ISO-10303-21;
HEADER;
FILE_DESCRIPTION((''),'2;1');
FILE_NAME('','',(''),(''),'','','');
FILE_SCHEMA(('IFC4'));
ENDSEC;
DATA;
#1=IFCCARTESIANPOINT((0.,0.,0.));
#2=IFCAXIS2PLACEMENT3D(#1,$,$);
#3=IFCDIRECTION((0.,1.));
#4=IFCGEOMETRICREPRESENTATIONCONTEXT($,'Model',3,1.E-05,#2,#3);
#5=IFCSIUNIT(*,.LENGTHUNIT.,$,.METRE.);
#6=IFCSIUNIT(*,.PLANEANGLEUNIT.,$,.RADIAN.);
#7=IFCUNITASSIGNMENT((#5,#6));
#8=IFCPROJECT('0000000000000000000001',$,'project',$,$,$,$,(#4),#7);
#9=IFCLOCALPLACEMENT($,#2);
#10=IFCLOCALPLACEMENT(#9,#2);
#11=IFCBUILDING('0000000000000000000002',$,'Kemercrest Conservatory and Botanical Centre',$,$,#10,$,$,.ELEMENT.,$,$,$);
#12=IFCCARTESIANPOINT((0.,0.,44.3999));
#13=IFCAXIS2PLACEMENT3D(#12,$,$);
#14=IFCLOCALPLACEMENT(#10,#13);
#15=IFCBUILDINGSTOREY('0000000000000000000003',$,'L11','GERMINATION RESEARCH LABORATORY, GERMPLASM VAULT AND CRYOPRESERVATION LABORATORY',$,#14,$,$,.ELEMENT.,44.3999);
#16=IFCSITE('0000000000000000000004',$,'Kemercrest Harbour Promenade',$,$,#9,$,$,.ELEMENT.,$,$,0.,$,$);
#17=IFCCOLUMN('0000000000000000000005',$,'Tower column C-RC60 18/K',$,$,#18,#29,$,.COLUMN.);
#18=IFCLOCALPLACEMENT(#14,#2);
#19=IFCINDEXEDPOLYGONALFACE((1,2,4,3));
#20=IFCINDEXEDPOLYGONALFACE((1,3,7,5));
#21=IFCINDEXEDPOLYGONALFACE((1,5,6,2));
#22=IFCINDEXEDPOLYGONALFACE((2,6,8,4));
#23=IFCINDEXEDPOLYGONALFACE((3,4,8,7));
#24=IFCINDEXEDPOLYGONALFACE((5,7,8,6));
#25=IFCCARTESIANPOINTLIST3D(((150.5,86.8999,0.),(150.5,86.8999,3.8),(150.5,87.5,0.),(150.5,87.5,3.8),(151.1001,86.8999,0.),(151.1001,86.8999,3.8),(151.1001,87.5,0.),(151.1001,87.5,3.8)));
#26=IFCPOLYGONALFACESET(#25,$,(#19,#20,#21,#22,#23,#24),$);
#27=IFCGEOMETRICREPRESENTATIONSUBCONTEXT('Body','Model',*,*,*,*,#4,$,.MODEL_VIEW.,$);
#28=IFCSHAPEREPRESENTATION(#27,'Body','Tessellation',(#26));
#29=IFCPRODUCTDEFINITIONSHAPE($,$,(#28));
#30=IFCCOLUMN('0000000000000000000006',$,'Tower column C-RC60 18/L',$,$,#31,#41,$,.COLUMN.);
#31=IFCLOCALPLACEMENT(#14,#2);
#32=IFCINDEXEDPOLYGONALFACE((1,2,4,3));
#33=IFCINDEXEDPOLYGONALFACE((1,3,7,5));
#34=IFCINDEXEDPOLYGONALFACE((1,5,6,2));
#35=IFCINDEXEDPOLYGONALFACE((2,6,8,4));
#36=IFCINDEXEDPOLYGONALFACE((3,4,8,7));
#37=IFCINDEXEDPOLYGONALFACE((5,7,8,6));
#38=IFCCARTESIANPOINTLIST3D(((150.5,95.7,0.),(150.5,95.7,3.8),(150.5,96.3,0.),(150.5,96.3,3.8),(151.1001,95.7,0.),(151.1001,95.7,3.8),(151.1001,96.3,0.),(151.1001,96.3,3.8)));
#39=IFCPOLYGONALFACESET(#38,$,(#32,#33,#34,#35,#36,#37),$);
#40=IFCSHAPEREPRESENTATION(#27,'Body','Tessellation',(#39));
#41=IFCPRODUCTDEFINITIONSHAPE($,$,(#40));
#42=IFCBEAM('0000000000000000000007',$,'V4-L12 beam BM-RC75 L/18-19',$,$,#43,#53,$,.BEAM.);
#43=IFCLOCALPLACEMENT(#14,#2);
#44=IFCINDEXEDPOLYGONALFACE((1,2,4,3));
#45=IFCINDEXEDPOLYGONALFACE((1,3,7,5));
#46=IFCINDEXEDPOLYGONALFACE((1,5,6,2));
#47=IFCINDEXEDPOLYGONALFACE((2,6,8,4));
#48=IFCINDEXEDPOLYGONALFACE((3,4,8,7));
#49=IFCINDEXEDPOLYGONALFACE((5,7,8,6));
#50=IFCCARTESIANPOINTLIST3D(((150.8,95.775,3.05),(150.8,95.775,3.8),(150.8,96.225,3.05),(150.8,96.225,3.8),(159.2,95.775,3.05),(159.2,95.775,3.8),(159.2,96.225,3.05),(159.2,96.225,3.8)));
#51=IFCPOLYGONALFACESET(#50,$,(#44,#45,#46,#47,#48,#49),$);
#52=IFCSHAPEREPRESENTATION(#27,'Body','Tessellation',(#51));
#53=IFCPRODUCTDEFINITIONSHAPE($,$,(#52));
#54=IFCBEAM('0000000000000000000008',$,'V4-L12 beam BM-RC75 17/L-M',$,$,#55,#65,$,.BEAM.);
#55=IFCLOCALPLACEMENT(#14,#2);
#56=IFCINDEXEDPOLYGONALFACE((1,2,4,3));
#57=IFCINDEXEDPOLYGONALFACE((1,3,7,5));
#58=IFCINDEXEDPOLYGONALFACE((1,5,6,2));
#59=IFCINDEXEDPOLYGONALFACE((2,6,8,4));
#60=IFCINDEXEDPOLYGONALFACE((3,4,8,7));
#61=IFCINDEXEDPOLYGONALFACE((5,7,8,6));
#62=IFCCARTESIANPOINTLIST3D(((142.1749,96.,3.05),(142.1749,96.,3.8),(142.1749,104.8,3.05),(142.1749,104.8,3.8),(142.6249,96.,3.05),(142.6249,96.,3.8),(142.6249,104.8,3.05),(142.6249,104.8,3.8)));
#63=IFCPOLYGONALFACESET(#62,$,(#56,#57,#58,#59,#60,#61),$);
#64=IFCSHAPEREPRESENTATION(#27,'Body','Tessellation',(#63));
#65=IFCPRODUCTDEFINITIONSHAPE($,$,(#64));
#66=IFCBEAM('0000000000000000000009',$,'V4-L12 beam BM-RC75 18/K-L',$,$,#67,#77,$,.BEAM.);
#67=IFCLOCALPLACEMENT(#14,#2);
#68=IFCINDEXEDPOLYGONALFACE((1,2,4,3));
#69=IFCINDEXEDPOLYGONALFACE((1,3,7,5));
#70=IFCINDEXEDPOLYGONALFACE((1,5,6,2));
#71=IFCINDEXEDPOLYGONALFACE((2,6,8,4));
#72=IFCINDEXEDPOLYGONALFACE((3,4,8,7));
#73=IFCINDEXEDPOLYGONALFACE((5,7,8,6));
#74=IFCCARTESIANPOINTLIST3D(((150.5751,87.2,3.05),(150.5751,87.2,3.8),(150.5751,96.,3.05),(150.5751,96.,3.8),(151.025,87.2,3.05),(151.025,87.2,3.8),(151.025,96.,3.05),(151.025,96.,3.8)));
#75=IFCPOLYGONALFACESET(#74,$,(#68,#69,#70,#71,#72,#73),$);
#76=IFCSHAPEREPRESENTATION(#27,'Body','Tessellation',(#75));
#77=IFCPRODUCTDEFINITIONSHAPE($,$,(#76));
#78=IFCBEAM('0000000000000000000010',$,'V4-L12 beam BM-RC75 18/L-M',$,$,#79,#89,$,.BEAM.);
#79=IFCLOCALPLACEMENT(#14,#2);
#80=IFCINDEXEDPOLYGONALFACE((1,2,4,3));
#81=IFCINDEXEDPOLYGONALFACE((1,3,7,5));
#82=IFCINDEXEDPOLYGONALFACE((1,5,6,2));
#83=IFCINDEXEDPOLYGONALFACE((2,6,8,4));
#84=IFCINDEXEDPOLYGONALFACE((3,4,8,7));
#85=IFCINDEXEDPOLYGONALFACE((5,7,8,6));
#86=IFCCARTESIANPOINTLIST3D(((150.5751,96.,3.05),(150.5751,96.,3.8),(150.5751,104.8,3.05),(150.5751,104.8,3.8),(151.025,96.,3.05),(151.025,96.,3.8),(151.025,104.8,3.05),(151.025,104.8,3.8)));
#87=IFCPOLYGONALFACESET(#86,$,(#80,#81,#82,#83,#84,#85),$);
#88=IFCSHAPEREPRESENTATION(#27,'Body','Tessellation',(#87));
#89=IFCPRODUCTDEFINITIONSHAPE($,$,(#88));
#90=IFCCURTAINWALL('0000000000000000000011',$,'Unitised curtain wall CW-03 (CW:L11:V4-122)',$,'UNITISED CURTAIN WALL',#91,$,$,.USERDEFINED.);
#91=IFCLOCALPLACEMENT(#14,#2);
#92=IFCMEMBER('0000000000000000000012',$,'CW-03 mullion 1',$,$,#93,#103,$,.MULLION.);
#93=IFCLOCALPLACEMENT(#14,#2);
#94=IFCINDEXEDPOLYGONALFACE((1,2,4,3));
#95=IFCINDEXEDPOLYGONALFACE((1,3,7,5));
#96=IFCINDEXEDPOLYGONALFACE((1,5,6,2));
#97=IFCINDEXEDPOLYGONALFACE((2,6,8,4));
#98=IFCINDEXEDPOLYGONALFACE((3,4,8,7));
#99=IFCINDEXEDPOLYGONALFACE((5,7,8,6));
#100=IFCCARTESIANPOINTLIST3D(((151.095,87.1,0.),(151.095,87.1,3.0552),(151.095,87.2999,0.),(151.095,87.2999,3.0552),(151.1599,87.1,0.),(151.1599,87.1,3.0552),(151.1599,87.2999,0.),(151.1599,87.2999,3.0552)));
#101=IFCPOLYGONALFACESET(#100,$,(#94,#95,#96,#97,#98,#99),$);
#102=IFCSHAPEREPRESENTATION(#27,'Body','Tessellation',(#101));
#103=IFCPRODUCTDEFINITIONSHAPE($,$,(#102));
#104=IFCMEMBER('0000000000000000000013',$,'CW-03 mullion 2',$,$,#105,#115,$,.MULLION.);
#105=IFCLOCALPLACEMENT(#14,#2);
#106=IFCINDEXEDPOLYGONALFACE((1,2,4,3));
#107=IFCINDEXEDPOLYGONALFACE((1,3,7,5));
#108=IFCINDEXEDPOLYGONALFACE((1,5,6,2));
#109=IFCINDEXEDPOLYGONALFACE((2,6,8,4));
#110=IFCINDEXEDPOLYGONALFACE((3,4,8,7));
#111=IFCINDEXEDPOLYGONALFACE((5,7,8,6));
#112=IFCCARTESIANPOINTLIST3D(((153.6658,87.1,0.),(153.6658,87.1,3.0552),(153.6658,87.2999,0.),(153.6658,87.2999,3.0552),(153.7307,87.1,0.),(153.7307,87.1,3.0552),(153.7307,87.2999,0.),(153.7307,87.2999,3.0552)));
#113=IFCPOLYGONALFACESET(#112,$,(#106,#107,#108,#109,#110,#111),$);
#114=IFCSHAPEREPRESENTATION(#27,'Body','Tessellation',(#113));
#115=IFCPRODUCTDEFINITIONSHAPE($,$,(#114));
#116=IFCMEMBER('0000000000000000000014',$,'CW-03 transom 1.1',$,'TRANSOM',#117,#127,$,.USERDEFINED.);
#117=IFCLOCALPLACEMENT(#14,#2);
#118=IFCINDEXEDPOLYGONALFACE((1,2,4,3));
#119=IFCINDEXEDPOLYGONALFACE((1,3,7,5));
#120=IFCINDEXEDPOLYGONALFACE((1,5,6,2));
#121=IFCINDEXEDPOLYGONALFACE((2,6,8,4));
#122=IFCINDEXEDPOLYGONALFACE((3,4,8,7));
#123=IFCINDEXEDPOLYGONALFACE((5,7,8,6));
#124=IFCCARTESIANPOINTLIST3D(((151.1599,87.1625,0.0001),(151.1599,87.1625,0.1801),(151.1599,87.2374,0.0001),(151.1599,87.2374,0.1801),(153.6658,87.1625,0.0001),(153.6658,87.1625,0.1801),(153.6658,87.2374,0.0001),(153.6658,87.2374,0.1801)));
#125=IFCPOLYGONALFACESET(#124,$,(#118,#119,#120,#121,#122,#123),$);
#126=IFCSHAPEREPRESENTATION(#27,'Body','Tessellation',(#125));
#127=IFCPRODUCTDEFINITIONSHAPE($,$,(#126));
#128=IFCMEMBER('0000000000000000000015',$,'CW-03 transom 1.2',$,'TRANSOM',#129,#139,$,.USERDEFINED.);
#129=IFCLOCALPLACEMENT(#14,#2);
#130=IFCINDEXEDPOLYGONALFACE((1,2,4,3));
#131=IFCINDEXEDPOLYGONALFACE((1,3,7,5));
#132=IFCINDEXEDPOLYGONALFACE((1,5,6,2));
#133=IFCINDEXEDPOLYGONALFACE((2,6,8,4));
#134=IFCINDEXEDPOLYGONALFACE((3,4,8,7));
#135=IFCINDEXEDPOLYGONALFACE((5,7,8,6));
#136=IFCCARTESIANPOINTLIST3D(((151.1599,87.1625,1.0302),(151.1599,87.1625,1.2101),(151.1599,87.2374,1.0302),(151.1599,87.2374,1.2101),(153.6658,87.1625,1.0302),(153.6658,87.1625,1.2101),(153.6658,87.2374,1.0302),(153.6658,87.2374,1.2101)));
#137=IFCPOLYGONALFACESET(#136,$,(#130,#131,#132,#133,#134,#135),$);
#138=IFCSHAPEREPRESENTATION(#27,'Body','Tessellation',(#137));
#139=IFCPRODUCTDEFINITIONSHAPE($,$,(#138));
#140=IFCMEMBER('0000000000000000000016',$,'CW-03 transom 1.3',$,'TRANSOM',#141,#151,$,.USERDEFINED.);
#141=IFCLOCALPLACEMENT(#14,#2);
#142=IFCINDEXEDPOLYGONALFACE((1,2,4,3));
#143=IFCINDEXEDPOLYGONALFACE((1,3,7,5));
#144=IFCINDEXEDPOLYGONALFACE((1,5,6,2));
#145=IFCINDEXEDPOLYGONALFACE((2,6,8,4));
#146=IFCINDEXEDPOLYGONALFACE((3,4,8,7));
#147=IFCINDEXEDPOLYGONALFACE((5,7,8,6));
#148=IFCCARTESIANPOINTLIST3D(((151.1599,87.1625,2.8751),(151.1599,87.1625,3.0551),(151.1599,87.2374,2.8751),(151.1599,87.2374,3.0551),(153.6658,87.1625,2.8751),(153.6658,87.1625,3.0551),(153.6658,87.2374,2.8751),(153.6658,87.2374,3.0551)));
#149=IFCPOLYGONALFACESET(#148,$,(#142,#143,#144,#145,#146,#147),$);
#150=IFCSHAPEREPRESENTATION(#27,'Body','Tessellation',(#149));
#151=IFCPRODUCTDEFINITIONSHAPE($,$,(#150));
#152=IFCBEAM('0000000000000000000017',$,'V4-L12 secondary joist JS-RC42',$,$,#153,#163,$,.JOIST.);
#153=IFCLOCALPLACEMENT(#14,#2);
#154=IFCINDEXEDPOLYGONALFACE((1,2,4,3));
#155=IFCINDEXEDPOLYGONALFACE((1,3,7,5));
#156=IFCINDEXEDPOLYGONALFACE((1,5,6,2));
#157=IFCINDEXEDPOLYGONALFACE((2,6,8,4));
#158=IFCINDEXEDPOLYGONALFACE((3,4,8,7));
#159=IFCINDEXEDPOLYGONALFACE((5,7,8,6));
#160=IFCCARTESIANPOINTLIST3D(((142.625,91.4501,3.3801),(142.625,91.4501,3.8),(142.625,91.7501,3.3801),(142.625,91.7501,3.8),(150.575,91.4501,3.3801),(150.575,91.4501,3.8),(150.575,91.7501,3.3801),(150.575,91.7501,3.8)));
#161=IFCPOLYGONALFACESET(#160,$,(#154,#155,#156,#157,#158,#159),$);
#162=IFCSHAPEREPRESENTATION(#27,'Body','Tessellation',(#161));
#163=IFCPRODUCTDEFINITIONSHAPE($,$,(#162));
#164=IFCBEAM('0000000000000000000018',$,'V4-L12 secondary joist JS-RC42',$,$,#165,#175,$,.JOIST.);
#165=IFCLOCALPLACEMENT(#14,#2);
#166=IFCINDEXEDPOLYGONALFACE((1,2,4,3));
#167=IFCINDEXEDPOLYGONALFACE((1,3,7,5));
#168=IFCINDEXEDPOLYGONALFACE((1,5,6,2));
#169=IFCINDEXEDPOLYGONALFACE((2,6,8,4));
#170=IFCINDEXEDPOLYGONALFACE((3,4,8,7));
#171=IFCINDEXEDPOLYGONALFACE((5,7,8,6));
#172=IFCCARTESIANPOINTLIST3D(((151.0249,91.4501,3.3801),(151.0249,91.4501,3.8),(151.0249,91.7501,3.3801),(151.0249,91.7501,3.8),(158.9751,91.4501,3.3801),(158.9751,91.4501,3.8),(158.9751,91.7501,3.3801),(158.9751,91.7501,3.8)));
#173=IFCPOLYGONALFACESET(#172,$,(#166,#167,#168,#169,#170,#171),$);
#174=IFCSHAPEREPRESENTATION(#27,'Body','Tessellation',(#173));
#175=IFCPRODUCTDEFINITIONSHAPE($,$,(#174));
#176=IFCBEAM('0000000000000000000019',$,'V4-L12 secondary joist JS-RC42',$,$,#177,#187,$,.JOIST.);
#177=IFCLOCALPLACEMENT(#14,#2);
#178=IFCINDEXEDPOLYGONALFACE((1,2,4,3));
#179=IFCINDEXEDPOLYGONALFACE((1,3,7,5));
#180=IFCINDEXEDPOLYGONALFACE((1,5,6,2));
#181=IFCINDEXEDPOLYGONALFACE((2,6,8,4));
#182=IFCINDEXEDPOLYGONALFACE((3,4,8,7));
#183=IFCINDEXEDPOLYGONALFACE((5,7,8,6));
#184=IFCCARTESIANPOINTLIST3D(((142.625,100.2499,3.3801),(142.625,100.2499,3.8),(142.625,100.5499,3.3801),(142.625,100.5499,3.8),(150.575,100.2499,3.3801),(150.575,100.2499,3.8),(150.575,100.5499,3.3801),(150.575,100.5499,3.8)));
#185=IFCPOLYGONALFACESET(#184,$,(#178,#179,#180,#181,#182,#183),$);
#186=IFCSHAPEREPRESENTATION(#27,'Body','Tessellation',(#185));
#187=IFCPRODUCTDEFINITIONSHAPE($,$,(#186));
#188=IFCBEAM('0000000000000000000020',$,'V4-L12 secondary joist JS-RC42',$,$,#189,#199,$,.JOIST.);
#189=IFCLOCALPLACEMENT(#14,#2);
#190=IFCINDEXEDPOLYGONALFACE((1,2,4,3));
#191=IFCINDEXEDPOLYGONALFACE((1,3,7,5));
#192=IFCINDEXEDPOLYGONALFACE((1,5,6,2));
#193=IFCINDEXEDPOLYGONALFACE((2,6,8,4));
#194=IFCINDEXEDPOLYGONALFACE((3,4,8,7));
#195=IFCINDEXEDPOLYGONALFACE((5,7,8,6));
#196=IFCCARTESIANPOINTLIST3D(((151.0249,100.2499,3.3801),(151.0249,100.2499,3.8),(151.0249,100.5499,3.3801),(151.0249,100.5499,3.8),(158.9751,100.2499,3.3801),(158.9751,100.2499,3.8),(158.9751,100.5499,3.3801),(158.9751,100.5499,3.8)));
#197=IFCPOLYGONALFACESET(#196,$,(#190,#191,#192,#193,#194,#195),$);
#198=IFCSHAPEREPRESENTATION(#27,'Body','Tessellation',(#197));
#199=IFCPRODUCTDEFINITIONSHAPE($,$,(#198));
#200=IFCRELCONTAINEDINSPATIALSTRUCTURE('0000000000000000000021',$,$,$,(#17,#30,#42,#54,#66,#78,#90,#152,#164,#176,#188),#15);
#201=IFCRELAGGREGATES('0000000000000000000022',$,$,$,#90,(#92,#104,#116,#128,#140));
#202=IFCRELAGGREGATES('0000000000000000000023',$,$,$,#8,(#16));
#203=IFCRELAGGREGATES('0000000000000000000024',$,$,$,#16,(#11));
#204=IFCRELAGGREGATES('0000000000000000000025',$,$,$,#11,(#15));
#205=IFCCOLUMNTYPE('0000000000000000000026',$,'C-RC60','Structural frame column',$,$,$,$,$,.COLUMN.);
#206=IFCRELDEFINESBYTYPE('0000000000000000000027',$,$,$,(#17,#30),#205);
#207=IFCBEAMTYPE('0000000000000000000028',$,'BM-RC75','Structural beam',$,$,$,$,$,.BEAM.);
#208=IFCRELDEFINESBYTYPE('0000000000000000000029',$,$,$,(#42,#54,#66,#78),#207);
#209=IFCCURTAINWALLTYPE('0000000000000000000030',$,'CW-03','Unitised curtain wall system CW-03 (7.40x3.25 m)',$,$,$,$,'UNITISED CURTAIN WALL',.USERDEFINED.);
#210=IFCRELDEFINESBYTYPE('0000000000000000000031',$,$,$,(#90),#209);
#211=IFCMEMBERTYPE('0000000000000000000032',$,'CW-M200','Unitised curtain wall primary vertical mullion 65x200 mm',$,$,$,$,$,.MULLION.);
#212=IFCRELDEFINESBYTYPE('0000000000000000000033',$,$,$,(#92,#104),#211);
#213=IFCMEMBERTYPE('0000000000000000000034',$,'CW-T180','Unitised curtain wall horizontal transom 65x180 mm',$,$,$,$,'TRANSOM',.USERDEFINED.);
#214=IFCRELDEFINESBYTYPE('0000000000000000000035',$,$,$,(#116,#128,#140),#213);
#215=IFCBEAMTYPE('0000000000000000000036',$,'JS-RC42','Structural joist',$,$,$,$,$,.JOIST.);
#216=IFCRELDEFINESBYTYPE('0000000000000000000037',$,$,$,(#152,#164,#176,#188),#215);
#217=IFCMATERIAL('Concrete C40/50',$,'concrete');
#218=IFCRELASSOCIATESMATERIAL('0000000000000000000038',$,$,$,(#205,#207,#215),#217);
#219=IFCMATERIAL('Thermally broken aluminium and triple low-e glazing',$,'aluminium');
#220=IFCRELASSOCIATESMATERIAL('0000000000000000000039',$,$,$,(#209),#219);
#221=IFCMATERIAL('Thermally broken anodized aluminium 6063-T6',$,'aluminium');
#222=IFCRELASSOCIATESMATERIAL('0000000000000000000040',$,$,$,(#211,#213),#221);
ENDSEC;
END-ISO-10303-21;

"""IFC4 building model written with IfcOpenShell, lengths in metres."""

from ifc_helpers import new_model, si_unit, direction, frame, origin, origin_2d, place, context, subcontext, project, spatial, rectangle, extrude, material, material_profile, profile_set, type_object, element, aggregate, save


model = new_model("IFC4")

# Units and contexts
model_context = context("Model", 3, precision=1e-05, world=origin(), true_north=direction((0.0, 1.0)))
body_context = subcontext(model_context, "Body", "Model", "MODEL_VIEW")
ifc_project = project(units=[si_unit("LENGTHUNIT", "METRE"), si_unit("PLANEANGLEUNIT", "RADIAN")], contexts=[model_context])

# Site, building, storey
site_placement = place(None, origin())
site = spatial("IfcSite", under=ifc_project, at=site_placement, Name="Kemercrest Harbour Promenade", CompositionType="ELEMENT", RefElevation=0.0)
building_placement = place(site_placement, origin())
building = spatial("IfcBuilding", under=site, at=building_placement, Name="Kemercrest Conservatory and Botanical Centre", CompositionType="ELEMENT")
storey_placement = place(building_placement, frame((0.0, 0.0, 44.3999)))
storey = spatial("IfcBuildingStorey", under=building, at=storey_placement, Name="L11", Description="GERMINATION RESEARCH LABORATORY, GERMPLASM VAULT AND CRYOPRESERVATION LABORATORY", CompositionType="ELEMENT", Elevation=44.3999)

# Columns
ifc_material_1 = material(Name="Concrete C40/50", Category="concrete")
ifc_material_profile_1 = material_profile(ifc_material_1, rectangle(XDim=0.6001, YDim=0.6001, at=origin_2d()), Name="RC 600x600")
ifc_profile_set_1 = profile_set([ifc_material_profile_1], Name="Concrete C40/50")
column_type = type_object("IfcColumnType", Name="C-RC60", Description="Structural frame column", PredefinedType="COLUMN", material=ifc_profile_set_1)
for number, where, z_axis, x_axis, name in (
    (1, (150.8, 87.2, 0.0), (0.0, 0.0, 1.0), (1.0, 0.0, 0.0), "Tower column C-RC60 18/K"),
    (2, (150.8, 96.0, 0.0), (0.0, 0.0, 1.0), (1.0, 0.0, 0.0), "Tower column C-RC60 18/L"),
):
    element("IfcColumn", number, at=place(storey_placement, frame(where, z_axis=z_axis, x_axis=x_axis)), inside=storey, type_object=column_type, Name=name, PredefinedType="COLUMN", context=body_context, shape_type="SweptSolid", body=[
        extrude(rectangle(XDim=0.6001, YDim=0.6001, at=origin_2d()), origin(), (0.0, 0.0, 1.0), 3.8),
    ])

# Beams
ifc_material_profile_2 = material_profile(ifc_material_1, rectangle(XDim=0.45, YDim=0.75, at=origin_2d()), Name="RC 450x750")
ifc_profile_set_2 = profile_set([ifc_material_profile_2], Name="Concrete C40/50")
beam_type_1 = type_object("IfcBeamType", Name="BM-RC75", Description="Structural beam", PredefinedType="BEAM", material=ifc_profile_set_2)
beam_1_placement = place(storey_placement, frame((150.8, 96.0, 3.425), z_axis=(1.0, 0.0, 0.0), x_axis=(0.0, 1.0, 0.0)))
element("IfcBeam", 3, at=beam_1_placement, inside=storey, type_object=beam_type_1, Name="V4-L12 beam BM-RC75 L/18-19", PredefinedType="BEAM", context=body_context, shape_type="SweptSolid", body=[
    extrude(rectangle(XDim=0.45, YDim=0.75, at=origin_2d()), origin(), (0.0, 0.0, 1.0), 8.3999),
])
for number, where, z_axis, x_axis, name in (
    (4, (142.3999, 96.0, 3.425), (0.0, 1.0, 0.0), (-1.0, 0.0, 0.0), "V4-L12 beam BM-RC75 17/L-M"),
    (5, (150.8, 87.2, 3.425), (0.0, 1.0, 0.0), (-1.0, 0.0, 0.0), "V4-L12 beam BM-RC75 18/K-L"),
    (6, (150.8, 96.0, 3.425), (0.0, 1.0, 0.0), (-1.0, 0.0, 0.0), "V4-L12 beam BM-RC75 18/L-M"),
):
    element("IfcBeam", number, at=place(storey_placement, frame(where, z_axis=z_axis, x_axis=x_axis)), inside=storey, type_object=beam_type_1, Name=name, PredefinedType="BEAM", context=body_context, shape_type="SweptSolid", body=[
        extrude(rectangle(XDim=0.45, YDim=0.75, at=origin_2d()), origin(), (0.0, 0.0, 1.0), 8.8),
    ])

# Curtain wall, members
ifc_material_2 = material(Name="Thermally broken aluminium and triple low-e glazing", Category="aluminium")
curtain_wall_type = type_object("IfcCurtainWallType", Name="CW-03", Description="Unitised curtain wall system CW-03 (7.40x3.25 m)", ElementType="UNITISED CURTAIN WALL", PredefinedType="USERDEFINED", material=ifc_material_2)
curtain_wall_placement = place(storey_placement, origin())
curtain_wall = element("IfcCurtainWall", 7, at=curtain_wall_placement, inside=storey, type_object=curtain_wall_type, Name="Unitised curtain wall CW-03 (CW:L11:V4-122)", ObjectType="UNITISED CURTAIN WALL", PredefinedType="USERDEFINED")
ifc_material_3 = material(Name="Thermally broken anodized aluminium 6063-T6", Category="aluminium")
ifc_material_profile_3 = material_profile(ifc_material_3, rectangle(XDim=0.2, YDim=0.0649, at=origin_2d()), Name="AL MULLION 65x200")
ifc_profile_set_3 = profile_set([ifc_material_profile_3], Name="Thermally broken anodized aluminium 6063-T6")
member_type_1 = type_object("IfcMemberType", Name="CW-M200", Description="Unitised curtain wall primary vertical mullion 65x200 mm", PredefinedType="MULLION", material=ifc_profile_set_3)
member_1_placement = place(storey_placement, frame((151.1274, 87.2, 0.0), z_axis=(0.0, 0.0, 1.0), x_axis=(0.0, 1.0, 0.0)))
member_1 = element("IfcMember", 8, at=member_1_placement, type_object=member_type_1, Name="CW-03 mullion 1", PredefinedType="MULLION", context=body_context, shape_type="SweptSolid", body=[
    extrude(rectangle(XDim=0.2, YDim=0.0649, at=origin_2d()), origin(), (0.0, 0.0, 1.0), 3.0552),
])
member_2_placement = place(storey_placement, frame((153.6982, 87.2, 0.0), z_axis=(0.0, 0.0, 1.0), x_axis=(0.0, 1.0, 0.0)))
member_2 = element("IfcMember", 9, at=member_2_placement, type_object=member_type_1, Name="CW-03 mullion 2", PredefinedType="MULLION", context=body_context, shape_type="SweptSolid", body=[
    extrude(rectangle(XDim=0.2, YDim=0.0649, at=origin_2d()), origin(), (0.0, 0.0, 1.0), 3.0552),
])
ifc_material_profile_4 = material_profile(ifc_material_3, rectangle(XDim=0.075, YDim=0.1799, at=origin_2d()), Name="AL TRANSOM 75x180")
ifc_profile_set_4 = profile_set([ifc_material_profile_4], Name="Thermally broken anodized aluminium 6063-T6")
member_type_2 = type_object("IfcMemberType", Name="CW-T180", Description="Unitised curtain wall horizontal transom 65x180 mm", ElementType="TRANSOM", PredefinedType="USERDEFINED", material=ifc_profile_set_4)
member_3_placement = place(storey_placement, frame((151.1599, 87.2, 0.0901), z_axis=(1.0, 0.0, 0.0), x_axis=(0.0, 1.0, 0.0)))
member_3 = element("IfcMember", 10, at=member_3_placement, type_object=member_type_2, Name="CW-03 transom 1.1", ObjectType="TRANSOM", PredefinedType="USERDEFINED", context=body_context, shape_type="SweptSolid", body=[
    extrude(rectangle(XDim=0.075, YDim=0.1799, at=origin_2d()), origin(), (0.0, 0.0, 1.0), 2.5059),
])
member_4_placement = place(storey_placement, frame((151.1599, 87.2, 1.1201), z_axis=(1.0, 0.0, 0.0), x_axis=(0.0, 1.0, 0.0)))
member_4 = element("IfcMember", 11, at=member_4_placement, type_object=member_type_2, Name="CW-03 transom 1.2", ObjectType="TRANSOM", PredefinedType="USERDEFINED", context=body_context, shape_type="SweptSolid", body=[
    extrude(rectangle(XDim=0.075, YDim=0.1799, at=origin_2d()), origin(), (0.0, 0.0, 1.0), 2.5059),
])
member_5_placement = place(storey_placement, frame((151.1599, 87.2, 2.9651), z_axis=(1.0, 0.0, 0.0), x_axis=(0.0, 1.0, 0.0)))
member_5 = element("IfcMember", 12, at=member_5_placement, type_object=member_type_2, Name="CW-03 transom 1.3", ObjectType="TRANSOM", PredefinedType="USERDEFINED", context=body_context, shape_type="SweptSolid", body=[
    extrude(rectangle(XDim=0.075, YDim=0.1799, at=origin_2d()), origin(), (0.0, 0.0, 1.0), 2.5059),
])

# Beams
ifc_material_profile_5 = material_profile(ifc_material_1, rectangle(XDim=0.3, YDim=0.4199, at=origin_2d()), Name="RC 300x420")
ifc_profile_set_5 = profile_set([ifc_material_profile_5], Name="Concrete C40/50")
beam_type_2 = type_object("IfcBeamType", Name="JS-RC42", Description="Structural joist", PredefinedType="JOIST", material=ifc_profile_set_5)
beam_2_placement = place(storey_placement, frame((142.625, 91.6001, 3.5901), z_axis=(1.0, 0.0, 0.0), x_axis=(0.0, 1.0, 0.0)))
element("IfcBeam", 13, at=beam_2_placement, inside=storey, type_object=beam_type_2, Name="V4-L12 secondary joist JS-RC42", PredefinedType="JOIST", context=body_context, shape_type="SweptSolid", body=[
    extrude(rectangle(XDim=0.3, YDim=0.4199, at=origin_2d()), origin(), (0.0, 0.0, 1.0), 7.95),
])
beam_3_placement = place(storey_placement, frame((151.0249, 91.6001, 3.5901), z_axis=(1.0, 0.0, 0.0), x_axis=(0.0, 1.0, 0.0)))
element("IfcBeam", 14, at=beam_3_placement, inside=storey, type_object=beam_type_2, Name="V4-L12 secondary joist JS-RC42", PredefinedType="JOIST", context=body_context, shape_type="SweptSolid", body=[
    extrude(rectangle(XDim=0.3, YDim=0.4199, at=origin_2d()), origin(), (0.0, 0.0, 1.0), 7.9502),
])
beam_4_placement = place(storey_placement, frame((142.625, 100.3999, 3.5901), z_axis=(1.0, 0.0, 0.0), x_axis=(0.0, 1.0, 0.0)))
element("IfcBeam", 15, at=beam_4_placement, inside=storey, type_object=beam_type_2, Name="V4-L12 secondary joist JS-RC42", PredefinedType="JOIST", context=body_context, shape_type="SweptSolid", body=[
    extrude(rectangle(XDim=0.3, YDim=0.4199, at=origin_2d()), origin(), (0.0, 0.0, 1.0), 7.95),
])
beam_5_placement = place(storey_placement, frame((151.0249, 100.3999, 3.5901), z_axis=(1.0, 0.0, 0.0), x_axis=(0.0, 1.0, 0.0)))
element("IfcBeam", 16, at=beam_5_placement, inside=storey, type_object=beam_type_2, Name="V4-L12 secondary joist JS-RC42", PredefinedType="JOIST", context=body_context, shape_type="SweptSolid", body=[
    extrude(rectangle(XDim=0.3, YDim=0.4199, at=origin_2d()), origin(), (0.0, 0.0, 1.0), 7.9502),
])

aggregate(curtain_wall, [member_1, member_2, member_3, member_4, member_5])

save(model, "model.ifc")
